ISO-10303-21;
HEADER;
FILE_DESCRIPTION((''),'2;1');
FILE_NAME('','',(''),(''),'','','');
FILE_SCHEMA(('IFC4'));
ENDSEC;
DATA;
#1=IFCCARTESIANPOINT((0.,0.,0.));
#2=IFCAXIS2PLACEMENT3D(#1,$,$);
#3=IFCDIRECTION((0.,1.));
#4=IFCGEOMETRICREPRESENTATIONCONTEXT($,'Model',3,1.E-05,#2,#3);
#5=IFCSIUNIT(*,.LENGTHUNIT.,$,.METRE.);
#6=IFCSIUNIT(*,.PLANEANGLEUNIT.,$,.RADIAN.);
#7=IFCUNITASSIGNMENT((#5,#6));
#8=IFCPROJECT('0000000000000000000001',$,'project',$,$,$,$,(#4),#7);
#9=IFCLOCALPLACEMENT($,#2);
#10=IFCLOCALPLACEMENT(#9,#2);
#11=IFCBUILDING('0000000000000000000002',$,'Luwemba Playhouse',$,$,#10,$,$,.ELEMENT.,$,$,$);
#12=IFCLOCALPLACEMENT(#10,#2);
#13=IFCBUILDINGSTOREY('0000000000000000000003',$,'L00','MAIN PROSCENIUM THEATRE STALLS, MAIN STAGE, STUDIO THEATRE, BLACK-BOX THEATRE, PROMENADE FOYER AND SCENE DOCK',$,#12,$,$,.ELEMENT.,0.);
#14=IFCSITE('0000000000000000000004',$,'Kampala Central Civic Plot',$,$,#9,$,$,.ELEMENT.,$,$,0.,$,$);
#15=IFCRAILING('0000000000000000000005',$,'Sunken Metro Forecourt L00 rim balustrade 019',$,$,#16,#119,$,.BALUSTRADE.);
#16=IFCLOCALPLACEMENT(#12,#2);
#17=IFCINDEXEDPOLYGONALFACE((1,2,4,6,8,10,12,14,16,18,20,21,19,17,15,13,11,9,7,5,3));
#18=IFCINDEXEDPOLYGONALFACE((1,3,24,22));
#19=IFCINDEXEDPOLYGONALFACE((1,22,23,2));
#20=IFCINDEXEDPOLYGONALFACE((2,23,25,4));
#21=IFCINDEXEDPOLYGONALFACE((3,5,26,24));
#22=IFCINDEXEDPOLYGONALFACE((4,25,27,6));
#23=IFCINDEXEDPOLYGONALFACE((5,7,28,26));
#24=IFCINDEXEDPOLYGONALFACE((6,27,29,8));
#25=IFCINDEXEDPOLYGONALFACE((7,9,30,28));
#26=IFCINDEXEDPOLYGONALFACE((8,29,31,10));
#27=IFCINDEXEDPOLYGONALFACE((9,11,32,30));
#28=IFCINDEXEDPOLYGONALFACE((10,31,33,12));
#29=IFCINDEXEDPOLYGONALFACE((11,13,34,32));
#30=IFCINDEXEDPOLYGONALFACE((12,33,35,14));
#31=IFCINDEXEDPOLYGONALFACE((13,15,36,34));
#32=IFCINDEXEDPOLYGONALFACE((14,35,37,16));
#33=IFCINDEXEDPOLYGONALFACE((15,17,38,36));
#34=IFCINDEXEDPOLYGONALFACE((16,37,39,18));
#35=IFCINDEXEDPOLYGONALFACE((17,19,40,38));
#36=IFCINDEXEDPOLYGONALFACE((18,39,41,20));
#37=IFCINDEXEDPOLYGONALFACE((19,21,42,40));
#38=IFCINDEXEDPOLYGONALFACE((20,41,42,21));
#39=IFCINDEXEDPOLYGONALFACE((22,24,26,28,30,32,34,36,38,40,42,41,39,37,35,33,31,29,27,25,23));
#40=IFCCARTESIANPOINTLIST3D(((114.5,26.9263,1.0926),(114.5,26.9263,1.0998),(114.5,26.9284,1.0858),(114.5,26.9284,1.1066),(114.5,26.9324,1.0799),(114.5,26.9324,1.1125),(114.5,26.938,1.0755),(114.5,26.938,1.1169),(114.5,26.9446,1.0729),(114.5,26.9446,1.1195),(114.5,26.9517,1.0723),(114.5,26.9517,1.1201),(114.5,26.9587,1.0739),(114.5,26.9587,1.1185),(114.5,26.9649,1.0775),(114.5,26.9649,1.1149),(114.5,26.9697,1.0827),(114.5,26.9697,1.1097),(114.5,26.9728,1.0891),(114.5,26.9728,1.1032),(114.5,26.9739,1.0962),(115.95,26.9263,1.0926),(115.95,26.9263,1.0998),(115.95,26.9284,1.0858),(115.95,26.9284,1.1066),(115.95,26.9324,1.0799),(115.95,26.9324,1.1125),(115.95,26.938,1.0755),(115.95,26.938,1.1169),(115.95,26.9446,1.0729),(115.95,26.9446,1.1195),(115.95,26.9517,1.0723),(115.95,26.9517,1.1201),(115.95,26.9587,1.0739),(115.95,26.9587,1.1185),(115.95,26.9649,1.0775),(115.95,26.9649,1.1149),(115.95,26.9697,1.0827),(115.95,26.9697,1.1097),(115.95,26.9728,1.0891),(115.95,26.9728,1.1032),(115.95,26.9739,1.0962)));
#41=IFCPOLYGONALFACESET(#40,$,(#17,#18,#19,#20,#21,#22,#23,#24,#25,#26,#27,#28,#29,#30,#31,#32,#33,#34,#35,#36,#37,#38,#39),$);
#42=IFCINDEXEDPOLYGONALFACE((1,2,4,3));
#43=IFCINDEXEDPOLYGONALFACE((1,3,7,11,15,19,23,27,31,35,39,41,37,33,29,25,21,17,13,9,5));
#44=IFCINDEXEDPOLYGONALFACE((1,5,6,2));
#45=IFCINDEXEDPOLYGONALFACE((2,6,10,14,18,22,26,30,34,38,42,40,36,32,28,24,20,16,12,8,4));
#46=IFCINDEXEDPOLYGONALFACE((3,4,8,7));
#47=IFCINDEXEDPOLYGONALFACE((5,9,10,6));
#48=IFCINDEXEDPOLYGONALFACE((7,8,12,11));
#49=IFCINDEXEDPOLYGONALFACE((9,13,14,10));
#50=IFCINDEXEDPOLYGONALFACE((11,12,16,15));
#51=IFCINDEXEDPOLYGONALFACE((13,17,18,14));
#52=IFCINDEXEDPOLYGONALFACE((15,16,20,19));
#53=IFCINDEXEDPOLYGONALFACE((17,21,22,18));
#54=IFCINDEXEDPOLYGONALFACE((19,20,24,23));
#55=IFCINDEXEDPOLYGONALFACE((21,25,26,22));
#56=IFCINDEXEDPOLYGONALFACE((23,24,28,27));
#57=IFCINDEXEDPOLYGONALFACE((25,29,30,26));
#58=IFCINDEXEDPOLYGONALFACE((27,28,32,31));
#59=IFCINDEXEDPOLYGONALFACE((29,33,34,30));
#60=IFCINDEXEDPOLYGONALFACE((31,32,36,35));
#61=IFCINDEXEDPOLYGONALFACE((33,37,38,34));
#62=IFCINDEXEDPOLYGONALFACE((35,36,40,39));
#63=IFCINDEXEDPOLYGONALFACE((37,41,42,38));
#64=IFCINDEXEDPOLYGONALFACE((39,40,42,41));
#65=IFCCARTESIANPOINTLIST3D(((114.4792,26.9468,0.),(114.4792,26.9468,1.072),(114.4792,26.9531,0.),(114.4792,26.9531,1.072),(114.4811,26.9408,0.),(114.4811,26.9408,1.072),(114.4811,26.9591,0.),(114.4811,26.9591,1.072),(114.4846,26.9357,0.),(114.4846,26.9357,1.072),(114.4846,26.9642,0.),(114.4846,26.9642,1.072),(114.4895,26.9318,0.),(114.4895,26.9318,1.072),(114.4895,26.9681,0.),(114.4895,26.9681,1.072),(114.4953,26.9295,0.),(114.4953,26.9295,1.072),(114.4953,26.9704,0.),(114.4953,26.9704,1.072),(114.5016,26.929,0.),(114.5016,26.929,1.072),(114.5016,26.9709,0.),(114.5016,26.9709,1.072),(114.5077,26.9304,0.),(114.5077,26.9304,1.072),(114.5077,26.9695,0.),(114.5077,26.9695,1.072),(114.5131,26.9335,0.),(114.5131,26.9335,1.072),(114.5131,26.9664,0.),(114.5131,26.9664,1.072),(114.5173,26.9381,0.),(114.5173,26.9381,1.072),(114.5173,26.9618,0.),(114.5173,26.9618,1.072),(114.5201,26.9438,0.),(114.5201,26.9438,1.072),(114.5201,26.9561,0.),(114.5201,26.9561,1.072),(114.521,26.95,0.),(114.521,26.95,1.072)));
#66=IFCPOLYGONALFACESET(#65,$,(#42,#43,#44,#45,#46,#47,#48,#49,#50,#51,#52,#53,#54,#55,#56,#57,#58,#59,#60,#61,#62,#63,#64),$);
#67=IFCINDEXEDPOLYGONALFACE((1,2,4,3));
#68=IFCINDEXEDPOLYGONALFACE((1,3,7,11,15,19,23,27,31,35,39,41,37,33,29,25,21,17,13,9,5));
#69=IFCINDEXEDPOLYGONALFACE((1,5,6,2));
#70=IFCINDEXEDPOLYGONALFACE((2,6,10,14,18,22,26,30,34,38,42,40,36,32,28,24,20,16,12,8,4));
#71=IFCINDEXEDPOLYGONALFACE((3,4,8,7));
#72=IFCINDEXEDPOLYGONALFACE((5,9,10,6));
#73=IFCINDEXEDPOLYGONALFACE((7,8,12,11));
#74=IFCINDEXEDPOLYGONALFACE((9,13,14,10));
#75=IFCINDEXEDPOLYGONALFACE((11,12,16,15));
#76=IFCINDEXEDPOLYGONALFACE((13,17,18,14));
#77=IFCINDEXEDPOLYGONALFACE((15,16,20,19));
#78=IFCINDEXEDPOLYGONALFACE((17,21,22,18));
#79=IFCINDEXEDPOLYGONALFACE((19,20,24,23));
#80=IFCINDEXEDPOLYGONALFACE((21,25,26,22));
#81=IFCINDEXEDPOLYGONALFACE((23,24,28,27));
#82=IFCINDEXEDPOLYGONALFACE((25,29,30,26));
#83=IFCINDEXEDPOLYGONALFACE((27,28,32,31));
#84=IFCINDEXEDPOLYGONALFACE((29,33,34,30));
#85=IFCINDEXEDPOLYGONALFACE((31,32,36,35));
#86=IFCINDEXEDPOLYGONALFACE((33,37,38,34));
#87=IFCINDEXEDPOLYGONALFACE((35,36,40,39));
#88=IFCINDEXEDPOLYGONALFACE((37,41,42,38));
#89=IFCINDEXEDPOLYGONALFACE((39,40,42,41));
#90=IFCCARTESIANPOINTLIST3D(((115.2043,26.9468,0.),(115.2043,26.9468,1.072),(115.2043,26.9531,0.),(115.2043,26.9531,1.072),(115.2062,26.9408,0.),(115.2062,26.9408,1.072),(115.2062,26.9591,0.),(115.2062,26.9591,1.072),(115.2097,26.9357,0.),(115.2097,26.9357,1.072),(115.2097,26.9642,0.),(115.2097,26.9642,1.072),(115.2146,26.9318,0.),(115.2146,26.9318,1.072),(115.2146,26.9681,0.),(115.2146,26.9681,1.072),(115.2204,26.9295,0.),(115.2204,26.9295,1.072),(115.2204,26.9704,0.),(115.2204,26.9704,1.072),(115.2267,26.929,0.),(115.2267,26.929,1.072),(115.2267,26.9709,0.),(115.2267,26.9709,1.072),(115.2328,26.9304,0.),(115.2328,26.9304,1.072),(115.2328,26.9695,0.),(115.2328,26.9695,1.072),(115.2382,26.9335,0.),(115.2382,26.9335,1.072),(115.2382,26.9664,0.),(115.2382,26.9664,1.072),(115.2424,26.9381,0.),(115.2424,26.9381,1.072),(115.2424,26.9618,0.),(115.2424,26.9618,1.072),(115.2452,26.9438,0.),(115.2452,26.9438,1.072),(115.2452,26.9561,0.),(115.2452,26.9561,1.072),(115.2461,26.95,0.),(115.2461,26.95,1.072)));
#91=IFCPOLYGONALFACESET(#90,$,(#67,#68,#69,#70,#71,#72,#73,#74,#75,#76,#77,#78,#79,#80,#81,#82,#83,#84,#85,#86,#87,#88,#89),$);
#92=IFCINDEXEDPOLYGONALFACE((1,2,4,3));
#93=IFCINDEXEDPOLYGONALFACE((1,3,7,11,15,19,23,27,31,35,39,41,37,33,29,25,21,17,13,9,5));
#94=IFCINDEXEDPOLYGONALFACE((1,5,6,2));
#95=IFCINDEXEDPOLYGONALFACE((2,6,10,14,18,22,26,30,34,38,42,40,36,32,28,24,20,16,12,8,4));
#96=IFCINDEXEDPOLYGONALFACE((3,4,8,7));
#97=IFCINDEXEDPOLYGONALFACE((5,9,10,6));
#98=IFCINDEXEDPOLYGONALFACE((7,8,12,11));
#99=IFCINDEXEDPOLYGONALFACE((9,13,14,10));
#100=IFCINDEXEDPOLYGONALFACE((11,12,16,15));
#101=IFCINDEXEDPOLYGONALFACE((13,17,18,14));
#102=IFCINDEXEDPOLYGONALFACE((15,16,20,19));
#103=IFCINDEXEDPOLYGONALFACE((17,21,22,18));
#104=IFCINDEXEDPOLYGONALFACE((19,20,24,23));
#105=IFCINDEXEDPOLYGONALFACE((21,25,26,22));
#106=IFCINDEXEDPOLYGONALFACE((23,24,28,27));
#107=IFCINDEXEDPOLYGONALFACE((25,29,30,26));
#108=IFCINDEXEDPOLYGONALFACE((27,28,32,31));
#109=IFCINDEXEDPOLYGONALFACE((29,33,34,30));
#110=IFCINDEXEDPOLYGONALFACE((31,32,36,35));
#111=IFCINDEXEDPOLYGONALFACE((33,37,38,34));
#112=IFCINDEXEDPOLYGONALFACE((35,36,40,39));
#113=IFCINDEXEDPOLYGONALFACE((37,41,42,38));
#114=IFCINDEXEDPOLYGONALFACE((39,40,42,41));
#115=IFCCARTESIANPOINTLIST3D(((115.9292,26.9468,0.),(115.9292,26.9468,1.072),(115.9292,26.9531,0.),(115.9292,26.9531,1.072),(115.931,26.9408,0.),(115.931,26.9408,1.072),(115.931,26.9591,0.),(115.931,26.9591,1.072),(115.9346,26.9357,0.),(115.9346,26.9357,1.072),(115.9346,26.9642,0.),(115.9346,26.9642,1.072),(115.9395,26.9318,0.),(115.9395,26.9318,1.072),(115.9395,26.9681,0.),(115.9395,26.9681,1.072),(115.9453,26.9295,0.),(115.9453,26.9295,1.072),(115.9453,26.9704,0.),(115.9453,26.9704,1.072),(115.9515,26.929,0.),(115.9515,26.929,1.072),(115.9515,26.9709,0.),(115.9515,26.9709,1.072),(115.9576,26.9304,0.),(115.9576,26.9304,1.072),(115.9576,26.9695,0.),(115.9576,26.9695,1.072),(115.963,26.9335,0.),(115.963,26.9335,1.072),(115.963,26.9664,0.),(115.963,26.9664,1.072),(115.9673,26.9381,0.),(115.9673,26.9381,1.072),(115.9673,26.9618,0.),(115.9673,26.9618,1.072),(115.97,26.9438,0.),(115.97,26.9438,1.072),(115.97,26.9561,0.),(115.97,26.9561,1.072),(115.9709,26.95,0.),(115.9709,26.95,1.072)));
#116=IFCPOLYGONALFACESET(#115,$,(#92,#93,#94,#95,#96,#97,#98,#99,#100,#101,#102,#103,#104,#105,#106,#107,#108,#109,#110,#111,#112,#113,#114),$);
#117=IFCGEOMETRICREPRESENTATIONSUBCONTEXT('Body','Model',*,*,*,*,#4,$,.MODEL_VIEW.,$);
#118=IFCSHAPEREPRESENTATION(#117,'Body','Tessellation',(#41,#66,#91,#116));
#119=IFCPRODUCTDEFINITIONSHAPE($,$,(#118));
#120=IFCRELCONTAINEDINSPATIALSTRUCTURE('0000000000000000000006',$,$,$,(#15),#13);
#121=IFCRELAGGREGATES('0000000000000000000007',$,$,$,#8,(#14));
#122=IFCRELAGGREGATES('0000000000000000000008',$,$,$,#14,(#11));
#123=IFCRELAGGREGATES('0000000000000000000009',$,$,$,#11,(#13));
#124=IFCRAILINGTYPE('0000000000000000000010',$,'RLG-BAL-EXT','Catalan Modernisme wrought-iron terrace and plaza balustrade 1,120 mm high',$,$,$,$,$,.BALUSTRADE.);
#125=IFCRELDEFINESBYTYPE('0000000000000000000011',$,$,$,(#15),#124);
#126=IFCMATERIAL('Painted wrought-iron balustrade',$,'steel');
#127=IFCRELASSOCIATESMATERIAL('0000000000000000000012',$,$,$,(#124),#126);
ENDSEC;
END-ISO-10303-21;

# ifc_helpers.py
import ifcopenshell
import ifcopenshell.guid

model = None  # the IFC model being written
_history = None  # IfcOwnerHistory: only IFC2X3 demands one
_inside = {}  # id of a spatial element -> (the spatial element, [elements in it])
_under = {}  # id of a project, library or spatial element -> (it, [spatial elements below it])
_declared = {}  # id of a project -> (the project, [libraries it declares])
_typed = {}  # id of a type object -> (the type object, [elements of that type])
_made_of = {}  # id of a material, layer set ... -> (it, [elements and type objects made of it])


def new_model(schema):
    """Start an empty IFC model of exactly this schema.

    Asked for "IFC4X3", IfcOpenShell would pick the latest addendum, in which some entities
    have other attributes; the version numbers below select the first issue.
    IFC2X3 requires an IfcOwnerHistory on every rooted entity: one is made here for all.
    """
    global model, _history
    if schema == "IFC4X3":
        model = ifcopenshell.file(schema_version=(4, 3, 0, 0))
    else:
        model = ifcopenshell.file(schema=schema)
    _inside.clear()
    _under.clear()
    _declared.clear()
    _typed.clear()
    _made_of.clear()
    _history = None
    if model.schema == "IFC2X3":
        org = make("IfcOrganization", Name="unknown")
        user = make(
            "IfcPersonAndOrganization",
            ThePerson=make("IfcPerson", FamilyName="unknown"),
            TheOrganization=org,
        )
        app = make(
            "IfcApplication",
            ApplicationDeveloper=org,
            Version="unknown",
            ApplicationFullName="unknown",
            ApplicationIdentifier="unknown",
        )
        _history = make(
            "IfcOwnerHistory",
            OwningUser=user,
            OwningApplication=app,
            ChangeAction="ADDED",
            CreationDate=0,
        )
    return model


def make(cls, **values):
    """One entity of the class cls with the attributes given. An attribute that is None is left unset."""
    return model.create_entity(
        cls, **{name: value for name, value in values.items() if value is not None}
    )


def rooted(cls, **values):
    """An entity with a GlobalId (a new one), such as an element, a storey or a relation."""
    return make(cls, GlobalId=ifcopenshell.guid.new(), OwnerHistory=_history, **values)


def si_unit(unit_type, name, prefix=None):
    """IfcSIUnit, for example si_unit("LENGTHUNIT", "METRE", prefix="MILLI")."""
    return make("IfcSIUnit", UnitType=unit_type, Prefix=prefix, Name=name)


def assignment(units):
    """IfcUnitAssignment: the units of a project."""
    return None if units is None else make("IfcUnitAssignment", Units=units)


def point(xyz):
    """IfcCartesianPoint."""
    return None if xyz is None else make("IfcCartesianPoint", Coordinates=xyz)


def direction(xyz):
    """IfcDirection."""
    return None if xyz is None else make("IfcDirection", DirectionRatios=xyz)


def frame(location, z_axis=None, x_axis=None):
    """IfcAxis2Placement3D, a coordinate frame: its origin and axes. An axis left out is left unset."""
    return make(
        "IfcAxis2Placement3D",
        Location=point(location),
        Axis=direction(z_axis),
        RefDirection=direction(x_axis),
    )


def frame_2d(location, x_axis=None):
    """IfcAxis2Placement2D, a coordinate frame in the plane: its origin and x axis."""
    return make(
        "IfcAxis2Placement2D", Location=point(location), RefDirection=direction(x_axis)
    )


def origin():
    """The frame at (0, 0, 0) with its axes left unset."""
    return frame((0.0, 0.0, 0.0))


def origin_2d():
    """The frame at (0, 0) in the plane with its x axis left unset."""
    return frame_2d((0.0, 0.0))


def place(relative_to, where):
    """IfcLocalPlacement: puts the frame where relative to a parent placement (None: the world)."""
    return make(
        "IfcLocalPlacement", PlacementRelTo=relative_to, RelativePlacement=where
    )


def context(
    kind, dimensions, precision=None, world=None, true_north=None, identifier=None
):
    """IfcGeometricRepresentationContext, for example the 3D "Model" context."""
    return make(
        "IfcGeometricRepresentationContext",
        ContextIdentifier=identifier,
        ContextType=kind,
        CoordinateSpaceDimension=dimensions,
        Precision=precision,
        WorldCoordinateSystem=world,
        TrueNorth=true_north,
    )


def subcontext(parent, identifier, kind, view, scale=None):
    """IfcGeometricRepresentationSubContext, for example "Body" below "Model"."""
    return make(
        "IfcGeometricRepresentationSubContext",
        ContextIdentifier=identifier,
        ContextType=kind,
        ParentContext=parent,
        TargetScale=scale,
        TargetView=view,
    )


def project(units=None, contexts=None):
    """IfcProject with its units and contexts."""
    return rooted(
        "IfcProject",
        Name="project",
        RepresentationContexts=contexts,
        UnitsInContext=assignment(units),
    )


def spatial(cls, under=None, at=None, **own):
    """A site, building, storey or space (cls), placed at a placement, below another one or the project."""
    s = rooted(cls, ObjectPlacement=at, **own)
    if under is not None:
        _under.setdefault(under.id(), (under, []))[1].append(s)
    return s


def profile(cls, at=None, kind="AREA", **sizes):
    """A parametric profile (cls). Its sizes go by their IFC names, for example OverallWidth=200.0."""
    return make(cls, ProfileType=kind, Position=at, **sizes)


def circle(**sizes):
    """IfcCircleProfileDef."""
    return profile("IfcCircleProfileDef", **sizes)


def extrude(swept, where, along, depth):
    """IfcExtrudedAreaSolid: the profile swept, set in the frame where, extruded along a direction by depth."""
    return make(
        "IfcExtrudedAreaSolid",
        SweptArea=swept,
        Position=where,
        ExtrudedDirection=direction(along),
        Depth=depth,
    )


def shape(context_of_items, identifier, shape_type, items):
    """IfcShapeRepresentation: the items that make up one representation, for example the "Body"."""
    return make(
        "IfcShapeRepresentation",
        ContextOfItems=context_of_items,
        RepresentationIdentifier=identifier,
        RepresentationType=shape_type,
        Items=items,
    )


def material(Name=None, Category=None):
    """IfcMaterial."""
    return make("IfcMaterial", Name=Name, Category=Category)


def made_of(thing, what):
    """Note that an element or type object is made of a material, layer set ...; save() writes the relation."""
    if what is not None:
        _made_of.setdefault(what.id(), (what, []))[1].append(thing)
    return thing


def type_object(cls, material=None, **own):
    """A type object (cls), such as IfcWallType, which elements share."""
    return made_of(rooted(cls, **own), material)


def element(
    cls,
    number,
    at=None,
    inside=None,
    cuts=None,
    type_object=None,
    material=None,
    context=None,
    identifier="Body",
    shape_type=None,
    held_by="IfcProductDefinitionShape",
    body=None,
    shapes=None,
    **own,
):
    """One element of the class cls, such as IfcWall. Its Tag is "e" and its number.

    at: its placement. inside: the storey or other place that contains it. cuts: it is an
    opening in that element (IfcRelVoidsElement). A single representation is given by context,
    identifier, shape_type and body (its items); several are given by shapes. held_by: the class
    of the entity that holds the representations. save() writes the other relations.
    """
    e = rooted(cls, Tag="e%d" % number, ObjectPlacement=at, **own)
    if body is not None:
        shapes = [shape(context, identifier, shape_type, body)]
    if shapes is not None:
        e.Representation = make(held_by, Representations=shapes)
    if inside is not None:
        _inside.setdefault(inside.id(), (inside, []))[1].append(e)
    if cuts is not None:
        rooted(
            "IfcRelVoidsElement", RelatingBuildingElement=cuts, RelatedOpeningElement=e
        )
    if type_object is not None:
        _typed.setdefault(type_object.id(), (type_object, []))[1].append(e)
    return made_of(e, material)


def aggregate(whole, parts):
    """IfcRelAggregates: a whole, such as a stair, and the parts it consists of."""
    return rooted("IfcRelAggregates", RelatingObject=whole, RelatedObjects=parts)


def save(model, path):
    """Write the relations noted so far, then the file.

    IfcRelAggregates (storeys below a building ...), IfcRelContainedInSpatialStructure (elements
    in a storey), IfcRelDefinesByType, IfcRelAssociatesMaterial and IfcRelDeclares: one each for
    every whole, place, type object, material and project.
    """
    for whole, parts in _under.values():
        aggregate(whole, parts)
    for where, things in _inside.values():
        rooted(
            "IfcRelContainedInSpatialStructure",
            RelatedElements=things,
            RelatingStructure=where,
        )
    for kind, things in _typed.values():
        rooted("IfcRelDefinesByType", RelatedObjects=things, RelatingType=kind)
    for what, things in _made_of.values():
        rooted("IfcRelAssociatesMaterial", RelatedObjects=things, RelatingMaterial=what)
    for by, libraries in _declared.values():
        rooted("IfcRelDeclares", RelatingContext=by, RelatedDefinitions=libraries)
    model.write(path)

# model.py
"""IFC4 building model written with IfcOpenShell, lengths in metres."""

from ifc_helpers import new_model, si_unit, direction, frame, origin, origin_2d, place, context, subcontext, project, spatial, circle, extrude, material, type_object, element, save


model = new_model("IFC4")

# Units and contexts
model_context = context("Model", 3, precision=1e-05, world=origin(), true_north=direction((0.0, 1.0)))
body_context = subcontext(model_context, "Body", "Model", "MODEL_VIEW")
ifc_project = project(units=[si_unit("LENGTHUNIT", "METRE"), si_unit("PLANEANGLEUNIT", "RADIAN")], contexts=[model_context])

# Site, building, storey
site_placement = place(None, origin())
site = spatial("IfcSite", under=ifc_project, at=site_placement, Name="Kampala Central Civic Plot", CompositionType="ELEMENT", RefElevation=0.0)
building_placement = place(site_placement, origin())
building = spatial("IfcBuilding", under=site, at=building_placement, Name="Luwemba Playhouse", CompositionType="ELEMENT")
storey_placement = place(building_placement, origin())
storey = spatial("IfcBuildingStorey", under=building, at=storey_placement, Name="L00", Description="MAIN PROSCENIUM THEATRE STALLS, MAIN STAGE, STUDIO THEATRE, BLACK-BOX THEATRE, PROMENADE FOYER AND SCENE DOCK", CompositionType="ELEMENT", Elevation=0.0)

# Railing
ifc_material_1 = material(Name="Painted wrought-iron balustrade", Category="steel")
railing_type = type_object("IfcRailingType", Name="RLG-BAL-EXT", Description="Catalan Modernisme wrought-iron terrace and plaza balustrade 1,120 mm high", PredefinedType="BALUSTRADE", material=ifc_material_1)
railing_1_placement = place(storey_placement, frame((114.5, 26.95, 0.0)))
element("IfcRailing", 1, at=railing_1_placement, inside=storey, type_object=railing_type, Name="Sunken Metro Forecourt L00 rim balustrade 019", PredefinedType="BALUSTRADE", context=body_context, shape_type="SweptSolid", body=[
    extrude(circle(Radius=0.0239, at=origin_2d()), frame((0.0, 0.0, 1.0962), z_axis=(1.0, 0.0, 0.0), x_axis=(0.0, 1.0, 0.0)), (0.0, 0.0, 1.0), 1.45),
    extrude(circle(Radius=0.021, at=origin_2d()), origin(), (0.0, 0.0, 1.0), 1.072),
    extrude(circle(Radius=0.021, at=origin_2d()), frame((0.7251, 0.0, 0.0)), (0.0, 0.0, 1.0), 1.072),
    extrude(circle(Radius=0.021, at=origin_2d()), frame((1.45, 0.0, 0.0)), (0.0, 0.0, 1.0), 1.072),
])

save(model, "model.ifc")
